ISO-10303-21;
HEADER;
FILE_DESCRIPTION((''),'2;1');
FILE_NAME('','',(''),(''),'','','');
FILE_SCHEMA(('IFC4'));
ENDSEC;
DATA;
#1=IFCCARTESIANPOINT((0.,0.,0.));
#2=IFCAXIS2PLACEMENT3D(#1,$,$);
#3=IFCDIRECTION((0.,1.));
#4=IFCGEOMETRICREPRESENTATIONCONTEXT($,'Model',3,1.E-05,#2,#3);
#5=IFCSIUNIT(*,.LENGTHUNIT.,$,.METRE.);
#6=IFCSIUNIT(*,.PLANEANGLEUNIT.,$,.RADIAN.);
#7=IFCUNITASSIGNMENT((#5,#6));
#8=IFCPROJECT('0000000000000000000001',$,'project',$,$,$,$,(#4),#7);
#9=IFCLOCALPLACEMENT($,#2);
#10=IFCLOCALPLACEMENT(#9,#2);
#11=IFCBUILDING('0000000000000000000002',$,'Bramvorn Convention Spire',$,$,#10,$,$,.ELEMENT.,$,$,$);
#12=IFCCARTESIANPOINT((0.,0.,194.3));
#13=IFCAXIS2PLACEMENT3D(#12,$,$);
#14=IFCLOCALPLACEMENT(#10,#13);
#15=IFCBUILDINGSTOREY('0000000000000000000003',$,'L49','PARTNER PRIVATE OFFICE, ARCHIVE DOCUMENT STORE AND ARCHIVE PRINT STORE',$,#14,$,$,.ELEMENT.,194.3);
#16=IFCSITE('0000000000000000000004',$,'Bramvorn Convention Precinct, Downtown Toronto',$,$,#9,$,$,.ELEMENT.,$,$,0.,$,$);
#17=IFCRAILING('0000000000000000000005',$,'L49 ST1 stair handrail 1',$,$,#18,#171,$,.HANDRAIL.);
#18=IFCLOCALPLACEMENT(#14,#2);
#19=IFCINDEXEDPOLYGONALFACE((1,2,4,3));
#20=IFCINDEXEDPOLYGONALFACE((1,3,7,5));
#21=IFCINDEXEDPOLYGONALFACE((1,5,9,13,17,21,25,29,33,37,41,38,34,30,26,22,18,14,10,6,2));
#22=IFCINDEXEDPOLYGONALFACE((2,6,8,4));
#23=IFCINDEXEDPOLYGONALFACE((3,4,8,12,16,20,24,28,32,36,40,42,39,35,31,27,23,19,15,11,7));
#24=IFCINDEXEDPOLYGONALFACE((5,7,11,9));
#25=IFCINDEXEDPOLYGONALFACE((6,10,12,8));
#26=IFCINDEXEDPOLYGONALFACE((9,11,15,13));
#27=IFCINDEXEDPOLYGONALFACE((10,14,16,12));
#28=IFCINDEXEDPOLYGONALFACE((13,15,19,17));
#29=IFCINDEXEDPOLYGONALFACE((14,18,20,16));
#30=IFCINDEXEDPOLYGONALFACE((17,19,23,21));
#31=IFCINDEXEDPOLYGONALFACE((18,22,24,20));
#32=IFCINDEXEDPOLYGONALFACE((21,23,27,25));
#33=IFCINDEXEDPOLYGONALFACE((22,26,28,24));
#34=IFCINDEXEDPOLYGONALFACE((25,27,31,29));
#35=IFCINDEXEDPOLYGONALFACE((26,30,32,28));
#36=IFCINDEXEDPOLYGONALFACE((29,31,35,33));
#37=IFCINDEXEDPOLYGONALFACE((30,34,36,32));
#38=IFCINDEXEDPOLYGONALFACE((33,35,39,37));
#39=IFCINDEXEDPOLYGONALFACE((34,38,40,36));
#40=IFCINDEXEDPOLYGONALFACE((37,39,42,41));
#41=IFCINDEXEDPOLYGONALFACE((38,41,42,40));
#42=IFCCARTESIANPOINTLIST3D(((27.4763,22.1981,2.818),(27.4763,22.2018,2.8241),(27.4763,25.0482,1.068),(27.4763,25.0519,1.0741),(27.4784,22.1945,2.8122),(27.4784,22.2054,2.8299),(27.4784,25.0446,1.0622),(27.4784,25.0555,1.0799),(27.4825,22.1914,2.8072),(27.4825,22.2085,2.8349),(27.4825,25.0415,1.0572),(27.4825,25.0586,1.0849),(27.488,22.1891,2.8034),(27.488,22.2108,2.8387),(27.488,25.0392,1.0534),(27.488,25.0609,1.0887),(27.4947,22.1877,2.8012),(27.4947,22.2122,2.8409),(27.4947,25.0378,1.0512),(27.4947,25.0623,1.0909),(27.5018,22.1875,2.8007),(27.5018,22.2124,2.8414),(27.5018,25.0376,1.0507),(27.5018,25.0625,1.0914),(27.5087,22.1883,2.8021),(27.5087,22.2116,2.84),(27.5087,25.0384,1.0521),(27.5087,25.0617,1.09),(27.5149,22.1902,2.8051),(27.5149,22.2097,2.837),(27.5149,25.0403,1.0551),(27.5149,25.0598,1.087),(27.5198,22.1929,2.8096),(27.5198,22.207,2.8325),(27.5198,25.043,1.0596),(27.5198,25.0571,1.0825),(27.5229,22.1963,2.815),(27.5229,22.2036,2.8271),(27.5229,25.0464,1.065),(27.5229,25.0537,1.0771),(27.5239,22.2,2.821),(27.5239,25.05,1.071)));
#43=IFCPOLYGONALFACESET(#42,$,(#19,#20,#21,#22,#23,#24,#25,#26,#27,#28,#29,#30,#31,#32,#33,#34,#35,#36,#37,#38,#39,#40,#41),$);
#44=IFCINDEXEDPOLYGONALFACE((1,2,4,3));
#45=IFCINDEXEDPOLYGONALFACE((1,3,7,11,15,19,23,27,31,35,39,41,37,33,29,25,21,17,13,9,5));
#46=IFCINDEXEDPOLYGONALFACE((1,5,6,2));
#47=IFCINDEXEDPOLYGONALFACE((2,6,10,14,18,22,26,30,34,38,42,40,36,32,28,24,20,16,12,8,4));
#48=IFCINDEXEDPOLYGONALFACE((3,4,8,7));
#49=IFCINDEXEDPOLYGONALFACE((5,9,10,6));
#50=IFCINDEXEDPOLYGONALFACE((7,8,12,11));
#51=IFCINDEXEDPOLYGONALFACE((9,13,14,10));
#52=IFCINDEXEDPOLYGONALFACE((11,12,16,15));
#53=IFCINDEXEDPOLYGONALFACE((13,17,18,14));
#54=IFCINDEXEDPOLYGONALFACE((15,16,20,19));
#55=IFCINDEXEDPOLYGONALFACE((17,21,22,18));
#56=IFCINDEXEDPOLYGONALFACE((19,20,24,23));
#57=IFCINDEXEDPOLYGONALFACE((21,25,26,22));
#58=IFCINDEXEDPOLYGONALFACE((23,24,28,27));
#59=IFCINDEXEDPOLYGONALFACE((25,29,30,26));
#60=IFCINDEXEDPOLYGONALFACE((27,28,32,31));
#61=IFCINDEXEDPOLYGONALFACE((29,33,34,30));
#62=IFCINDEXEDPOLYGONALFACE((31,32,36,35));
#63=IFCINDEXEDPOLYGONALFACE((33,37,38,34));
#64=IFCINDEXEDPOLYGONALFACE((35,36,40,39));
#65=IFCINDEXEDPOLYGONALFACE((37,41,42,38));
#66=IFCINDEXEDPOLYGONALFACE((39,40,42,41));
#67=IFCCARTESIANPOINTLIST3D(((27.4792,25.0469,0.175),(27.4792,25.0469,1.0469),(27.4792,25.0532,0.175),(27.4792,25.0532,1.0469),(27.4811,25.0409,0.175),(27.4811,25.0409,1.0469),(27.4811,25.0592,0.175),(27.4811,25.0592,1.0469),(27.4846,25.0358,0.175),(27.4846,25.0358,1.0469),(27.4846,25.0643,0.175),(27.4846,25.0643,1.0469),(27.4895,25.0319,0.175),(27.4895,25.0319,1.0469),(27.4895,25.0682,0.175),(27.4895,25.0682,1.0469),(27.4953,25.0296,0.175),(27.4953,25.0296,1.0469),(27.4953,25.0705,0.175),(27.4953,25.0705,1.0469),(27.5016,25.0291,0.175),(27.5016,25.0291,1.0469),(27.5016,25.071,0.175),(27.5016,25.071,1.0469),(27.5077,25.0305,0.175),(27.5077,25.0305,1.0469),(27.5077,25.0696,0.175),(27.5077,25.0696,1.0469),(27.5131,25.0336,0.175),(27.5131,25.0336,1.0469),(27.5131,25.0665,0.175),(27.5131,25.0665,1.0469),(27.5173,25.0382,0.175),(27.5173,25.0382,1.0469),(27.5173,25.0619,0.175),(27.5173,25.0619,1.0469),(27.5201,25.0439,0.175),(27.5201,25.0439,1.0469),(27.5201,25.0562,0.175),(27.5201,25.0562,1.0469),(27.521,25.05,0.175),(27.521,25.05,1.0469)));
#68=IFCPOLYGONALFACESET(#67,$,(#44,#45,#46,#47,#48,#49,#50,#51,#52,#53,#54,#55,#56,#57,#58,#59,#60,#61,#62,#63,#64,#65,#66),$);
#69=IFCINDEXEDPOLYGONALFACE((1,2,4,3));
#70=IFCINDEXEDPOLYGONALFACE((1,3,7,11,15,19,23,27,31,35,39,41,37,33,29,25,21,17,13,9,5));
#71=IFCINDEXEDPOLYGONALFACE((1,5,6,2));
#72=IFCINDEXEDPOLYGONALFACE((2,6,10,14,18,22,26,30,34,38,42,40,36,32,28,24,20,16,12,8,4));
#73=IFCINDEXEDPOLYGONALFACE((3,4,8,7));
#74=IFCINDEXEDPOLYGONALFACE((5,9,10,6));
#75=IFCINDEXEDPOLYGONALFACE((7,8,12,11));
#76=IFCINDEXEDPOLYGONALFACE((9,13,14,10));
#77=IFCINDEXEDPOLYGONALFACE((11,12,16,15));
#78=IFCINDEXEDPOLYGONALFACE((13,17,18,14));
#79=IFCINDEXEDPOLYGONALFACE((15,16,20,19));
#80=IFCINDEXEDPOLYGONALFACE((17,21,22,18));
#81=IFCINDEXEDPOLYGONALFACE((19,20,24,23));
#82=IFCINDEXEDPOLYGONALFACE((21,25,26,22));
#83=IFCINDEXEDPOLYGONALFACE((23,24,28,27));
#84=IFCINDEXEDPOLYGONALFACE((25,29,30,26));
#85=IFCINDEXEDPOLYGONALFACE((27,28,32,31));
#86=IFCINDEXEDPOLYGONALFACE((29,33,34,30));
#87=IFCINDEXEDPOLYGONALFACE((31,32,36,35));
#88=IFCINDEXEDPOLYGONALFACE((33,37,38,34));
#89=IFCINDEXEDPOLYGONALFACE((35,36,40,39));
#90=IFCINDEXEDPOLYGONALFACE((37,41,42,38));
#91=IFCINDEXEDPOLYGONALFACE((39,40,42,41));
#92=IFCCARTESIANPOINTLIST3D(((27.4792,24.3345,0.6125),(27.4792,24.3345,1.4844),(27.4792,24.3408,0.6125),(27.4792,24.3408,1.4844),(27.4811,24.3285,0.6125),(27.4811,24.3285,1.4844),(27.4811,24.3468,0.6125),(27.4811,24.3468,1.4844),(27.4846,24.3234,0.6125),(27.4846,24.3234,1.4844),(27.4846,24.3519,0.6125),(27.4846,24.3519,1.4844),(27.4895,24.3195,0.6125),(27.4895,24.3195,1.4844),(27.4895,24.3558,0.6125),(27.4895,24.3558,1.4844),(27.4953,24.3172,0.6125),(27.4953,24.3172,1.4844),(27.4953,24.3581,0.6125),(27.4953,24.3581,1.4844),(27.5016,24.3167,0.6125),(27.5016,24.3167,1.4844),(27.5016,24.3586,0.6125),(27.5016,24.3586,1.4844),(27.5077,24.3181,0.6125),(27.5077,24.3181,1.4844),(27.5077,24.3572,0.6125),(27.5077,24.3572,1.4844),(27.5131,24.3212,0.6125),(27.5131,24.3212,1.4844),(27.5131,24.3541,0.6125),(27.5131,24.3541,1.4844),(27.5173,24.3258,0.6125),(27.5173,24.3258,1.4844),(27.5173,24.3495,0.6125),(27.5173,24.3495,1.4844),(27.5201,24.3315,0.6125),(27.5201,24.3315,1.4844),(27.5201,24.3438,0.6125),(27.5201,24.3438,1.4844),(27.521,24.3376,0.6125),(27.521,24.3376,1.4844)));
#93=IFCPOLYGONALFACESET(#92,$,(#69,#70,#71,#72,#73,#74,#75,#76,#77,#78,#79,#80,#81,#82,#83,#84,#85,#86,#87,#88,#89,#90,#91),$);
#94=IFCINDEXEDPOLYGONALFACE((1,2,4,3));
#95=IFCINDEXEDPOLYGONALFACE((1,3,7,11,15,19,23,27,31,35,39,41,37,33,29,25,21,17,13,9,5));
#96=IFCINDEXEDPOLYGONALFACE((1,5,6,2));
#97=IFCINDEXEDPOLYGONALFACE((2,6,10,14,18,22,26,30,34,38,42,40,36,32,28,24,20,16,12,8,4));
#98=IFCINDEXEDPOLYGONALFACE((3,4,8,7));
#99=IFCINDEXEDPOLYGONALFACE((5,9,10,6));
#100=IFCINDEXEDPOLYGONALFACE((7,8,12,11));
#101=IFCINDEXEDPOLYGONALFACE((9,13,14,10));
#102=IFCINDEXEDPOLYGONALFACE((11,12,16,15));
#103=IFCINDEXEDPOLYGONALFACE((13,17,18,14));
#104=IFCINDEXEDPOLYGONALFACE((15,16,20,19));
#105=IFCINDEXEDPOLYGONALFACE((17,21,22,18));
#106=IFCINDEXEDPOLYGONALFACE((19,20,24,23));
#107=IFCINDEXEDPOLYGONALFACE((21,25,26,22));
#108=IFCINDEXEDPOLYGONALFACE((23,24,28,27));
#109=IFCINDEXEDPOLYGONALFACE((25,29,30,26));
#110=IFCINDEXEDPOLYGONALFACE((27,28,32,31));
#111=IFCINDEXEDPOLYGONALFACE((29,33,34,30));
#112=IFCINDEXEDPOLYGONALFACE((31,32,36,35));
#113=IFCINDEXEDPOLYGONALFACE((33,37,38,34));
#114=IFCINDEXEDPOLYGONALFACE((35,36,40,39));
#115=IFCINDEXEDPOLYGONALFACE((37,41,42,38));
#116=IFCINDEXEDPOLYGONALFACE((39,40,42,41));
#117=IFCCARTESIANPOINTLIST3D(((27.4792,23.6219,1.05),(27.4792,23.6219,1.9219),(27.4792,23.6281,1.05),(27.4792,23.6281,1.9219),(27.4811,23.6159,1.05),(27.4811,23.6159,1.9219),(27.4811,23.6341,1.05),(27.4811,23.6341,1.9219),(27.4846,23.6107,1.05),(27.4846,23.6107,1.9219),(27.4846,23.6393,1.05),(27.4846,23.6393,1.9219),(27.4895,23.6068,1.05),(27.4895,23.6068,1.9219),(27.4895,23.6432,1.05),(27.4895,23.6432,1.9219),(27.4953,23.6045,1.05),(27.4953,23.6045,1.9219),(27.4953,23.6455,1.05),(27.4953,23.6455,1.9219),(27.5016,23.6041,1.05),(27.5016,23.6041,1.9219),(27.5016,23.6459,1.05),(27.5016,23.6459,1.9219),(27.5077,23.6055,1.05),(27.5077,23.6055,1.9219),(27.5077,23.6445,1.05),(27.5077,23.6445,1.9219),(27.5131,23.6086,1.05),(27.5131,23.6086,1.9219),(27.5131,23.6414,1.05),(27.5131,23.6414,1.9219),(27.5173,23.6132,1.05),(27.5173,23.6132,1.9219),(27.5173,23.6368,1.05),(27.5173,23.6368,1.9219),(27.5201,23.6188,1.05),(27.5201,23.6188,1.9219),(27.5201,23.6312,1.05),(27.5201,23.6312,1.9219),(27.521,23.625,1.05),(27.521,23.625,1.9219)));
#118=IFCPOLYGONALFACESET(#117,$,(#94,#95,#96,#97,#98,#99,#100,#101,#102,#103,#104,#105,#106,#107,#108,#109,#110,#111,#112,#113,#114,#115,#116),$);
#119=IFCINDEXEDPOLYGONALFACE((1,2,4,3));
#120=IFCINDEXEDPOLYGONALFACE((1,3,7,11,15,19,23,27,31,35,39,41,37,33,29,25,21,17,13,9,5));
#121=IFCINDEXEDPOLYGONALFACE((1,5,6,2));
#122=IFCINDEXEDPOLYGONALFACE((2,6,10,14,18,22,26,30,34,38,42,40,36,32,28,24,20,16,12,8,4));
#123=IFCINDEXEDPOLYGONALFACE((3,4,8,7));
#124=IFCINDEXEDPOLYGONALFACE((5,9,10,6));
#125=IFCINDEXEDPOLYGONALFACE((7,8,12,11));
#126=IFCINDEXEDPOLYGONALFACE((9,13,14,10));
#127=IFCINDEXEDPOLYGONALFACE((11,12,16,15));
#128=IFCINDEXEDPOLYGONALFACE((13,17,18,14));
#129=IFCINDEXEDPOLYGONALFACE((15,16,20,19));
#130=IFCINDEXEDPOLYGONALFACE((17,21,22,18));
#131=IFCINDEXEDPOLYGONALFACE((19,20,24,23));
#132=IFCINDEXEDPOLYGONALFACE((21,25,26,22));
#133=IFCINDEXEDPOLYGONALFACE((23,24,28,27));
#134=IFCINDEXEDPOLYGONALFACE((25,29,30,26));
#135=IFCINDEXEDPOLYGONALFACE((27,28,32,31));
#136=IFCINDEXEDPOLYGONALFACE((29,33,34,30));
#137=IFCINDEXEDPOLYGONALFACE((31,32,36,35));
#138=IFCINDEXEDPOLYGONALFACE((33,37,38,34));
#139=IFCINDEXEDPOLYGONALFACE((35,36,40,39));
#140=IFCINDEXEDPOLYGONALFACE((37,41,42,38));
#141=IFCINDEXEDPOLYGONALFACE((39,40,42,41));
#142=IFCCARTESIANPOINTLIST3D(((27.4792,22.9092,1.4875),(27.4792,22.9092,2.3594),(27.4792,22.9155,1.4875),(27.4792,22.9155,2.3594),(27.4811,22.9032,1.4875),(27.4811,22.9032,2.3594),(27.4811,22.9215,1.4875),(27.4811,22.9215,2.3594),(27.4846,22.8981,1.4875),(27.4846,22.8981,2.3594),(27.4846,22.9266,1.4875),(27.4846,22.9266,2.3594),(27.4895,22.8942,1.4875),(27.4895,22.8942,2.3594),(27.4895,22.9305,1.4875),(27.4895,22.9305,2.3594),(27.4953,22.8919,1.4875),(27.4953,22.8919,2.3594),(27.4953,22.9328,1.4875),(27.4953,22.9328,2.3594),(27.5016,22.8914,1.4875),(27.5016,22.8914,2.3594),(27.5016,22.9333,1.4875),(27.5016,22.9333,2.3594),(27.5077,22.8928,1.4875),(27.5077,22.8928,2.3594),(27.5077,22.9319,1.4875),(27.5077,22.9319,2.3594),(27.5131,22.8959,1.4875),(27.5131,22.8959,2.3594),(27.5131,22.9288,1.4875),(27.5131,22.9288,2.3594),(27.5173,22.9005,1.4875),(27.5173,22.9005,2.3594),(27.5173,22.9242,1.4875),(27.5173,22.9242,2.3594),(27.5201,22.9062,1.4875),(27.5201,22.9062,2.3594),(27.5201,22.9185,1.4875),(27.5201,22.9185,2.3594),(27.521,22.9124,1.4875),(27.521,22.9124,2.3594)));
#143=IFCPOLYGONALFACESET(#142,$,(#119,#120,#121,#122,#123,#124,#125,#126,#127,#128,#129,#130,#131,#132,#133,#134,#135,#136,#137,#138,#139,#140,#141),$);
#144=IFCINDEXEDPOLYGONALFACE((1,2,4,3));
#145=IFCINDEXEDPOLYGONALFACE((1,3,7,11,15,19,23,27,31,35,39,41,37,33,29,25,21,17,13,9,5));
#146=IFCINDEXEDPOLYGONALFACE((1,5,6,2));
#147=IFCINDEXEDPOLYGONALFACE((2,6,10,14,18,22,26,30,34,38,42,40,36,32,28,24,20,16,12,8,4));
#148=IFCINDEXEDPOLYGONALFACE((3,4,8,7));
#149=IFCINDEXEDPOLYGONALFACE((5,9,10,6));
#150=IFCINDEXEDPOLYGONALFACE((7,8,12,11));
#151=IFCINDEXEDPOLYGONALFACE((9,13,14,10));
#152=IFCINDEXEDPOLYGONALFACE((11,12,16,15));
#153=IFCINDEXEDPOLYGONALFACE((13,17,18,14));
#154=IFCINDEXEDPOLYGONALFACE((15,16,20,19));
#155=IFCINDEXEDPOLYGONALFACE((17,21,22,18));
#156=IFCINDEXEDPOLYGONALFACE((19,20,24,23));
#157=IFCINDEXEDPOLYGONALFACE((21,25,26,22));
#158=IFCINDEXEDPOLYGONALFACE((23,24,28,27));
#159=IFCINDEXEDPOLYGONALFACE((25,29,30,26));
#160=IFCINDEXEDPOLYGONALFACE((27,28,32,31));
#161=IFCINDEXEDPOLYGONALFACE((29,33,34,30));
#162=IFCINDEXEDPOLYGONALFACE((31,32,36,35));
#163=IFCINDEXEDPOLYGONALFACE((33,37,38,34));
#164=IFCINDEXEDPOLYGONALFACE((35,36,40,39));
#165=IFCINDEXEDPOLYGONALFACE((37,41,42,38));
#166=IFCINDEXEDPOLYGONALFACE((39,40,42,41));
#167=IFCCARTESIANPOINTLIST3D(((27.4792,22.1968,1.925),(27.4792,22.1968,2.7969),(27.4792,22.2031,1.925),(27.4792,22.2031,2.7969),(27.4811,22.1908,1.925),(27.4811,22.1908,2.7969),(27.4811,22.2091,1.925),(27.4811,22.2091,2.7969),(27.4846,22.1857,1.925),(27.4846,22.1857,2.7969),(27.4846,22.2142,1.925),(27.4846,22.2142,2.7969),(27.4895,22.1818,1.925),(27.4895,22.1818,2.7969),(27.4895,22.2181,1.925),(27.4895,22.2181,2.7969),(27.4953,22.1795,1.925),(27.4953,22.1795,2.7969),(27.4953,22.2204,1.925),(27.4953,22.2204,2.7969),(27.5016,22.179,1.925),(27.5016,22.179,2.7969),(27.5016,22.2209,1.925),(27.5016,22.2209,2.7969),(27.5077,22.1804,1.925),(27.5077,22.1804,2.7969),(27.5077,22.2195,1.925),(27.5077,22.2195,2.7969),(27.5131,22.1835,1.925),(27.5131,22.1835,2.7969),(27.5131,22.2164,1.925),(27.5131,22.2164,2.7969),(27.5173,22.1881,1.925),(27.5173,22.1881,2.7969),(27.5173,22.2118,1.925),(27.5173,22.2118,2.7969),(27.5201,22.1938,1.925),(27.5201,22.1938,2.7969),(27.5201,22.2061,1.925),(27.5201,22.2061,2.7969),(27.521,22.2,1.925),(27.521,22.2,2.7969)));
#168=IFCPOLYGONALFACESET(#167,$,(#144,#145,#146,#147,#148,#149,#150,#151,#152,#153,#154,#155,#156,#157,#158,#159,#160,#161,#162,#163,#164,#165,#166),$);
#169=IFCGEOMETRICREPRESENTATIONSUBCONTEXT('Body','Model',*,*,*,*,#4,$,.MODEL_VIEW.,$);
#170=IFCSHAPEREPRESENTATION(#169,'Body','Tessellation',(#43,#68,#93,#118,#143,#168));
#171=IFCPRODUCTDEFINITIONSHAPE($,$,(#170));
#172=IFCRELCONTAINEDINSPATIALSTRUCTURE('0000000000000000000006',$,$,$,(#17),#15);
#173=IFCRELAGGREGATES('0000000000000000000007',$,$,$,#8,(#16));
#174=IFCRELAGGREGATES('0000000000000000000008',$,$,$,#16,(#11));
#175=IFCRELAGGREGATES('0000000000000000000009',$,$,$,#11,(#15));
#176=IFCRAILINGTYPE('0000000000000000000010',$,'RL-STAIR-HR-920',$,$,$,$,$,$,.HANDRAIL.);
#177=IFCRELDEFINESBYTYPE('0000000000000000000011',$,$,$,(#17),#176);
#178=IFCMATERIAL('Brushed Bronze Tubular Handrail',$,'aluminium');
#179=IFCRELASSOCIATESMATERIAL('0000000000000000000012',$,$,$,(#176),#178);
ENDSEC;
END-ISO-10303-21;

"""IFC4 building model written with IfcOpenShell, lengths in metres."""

from ifc_helpers import new_model, si_unit, direction, frame, origin, origin_2d, place, context, subcontext, project, spatial, circle, extrude, material, type_object, element, save


model = new_model("IFC4")

# Units and contexts
model_context = context("Model", 3, precision=1e-05, world=origin(), true_north=direction((0.0, 1.0)))
body_context = subcontext(model_context, "Body", "Model", "MODEL_VIEW")
ifc_project = project(units=[si_unit("LENGTHUNIT", "METRE"), si_unit("PLANEANGLEUNIT", "RADIAN")], contexts=[model_context])

# Site, building, storey
site_placement = place(None, origin())
site = spatial("IfcSite", under=ifc_project, at=site_placement, Name="Bramvorn Convention Precinct, Downtown Toronto", CompositionType="ELEMENT", RefElevation=0.0)
building_placement = place(site_placement, origin())
building = spatial("IfcBuilding", under=site, at=building_placement, Name="Bramvorn Convention Spire", CompositionType="ELEMENT")
storey_placement = place(building_placement, frame((0.0, 0.0, 194.3)))
storey = spatial("IfcBuildingStorey", under=building, at=storey_placement, Name="L49", Description="PARTNER PRIVATE OFFICE, ARCHIVE DOCUMENT STORE AND ARCHIVE PRINT STORE", CompositionType="ELEMENT", Elevation=194.3)

# Railing
ifc_material_1 = material(Name="Brushed Bronze Tubular Handrail", Category="aluminium")
railing_type_1 = type_object("IfcRailingType", Name="RL-STAIR-HR-920", PredefinedType="HANDRAIL", material=ifc_material_1)
railing_1_placement = place(storey_placement, frame((27.5, 25.05, 0.175)))
element("IfcRailing", 1, at=railing_1_placement, inside=storey, type_object=railing_type_1, Name="L49 ST1 stair handrail 1", PredefinedType="HANDRAIL", context=body_context, shape_type="SweptSolid", body=[
    extrude(circle(Radius=0.0239, at=origin_2d()), frame((0.0, 0.0, 0.896), z_axis=(0.0, -0.852179, 0.52325), x_axis=(1.0, 0.0, 0.0)), (0.0, 0.0, 1.0), 3.3445),
    extrude(circle(Radius=0.021, at=origin_2d()), origin(), (0.0, 0.0, 1.0), 0.8718),
    extrude(circle(Radius=0.021, at=origin_2d()), frame((0.0, -0.7124, 0.4375)), (0.0, 0.0, 1.0), 0.8718),
    extrude(circle(Radius=0.021, at=origin_2d()), frame((0.0, -1.425, 0.875)), (0.0, 0.0, 1.0), 0.8718),
    extrude(circle(Radius=0.021, at=origin_2d()), frame((0.0, -2.1377, 1.3125)), (0.0, 0.0, 1.0), 0.8718),
    extrude(circle(Radius=0.021, at=origin_2d()), frame((0.0, -2.8501, 1.75)), (0.0, 0.0, 1.0), 0.8718),
])

save(model, "model.ifc")
